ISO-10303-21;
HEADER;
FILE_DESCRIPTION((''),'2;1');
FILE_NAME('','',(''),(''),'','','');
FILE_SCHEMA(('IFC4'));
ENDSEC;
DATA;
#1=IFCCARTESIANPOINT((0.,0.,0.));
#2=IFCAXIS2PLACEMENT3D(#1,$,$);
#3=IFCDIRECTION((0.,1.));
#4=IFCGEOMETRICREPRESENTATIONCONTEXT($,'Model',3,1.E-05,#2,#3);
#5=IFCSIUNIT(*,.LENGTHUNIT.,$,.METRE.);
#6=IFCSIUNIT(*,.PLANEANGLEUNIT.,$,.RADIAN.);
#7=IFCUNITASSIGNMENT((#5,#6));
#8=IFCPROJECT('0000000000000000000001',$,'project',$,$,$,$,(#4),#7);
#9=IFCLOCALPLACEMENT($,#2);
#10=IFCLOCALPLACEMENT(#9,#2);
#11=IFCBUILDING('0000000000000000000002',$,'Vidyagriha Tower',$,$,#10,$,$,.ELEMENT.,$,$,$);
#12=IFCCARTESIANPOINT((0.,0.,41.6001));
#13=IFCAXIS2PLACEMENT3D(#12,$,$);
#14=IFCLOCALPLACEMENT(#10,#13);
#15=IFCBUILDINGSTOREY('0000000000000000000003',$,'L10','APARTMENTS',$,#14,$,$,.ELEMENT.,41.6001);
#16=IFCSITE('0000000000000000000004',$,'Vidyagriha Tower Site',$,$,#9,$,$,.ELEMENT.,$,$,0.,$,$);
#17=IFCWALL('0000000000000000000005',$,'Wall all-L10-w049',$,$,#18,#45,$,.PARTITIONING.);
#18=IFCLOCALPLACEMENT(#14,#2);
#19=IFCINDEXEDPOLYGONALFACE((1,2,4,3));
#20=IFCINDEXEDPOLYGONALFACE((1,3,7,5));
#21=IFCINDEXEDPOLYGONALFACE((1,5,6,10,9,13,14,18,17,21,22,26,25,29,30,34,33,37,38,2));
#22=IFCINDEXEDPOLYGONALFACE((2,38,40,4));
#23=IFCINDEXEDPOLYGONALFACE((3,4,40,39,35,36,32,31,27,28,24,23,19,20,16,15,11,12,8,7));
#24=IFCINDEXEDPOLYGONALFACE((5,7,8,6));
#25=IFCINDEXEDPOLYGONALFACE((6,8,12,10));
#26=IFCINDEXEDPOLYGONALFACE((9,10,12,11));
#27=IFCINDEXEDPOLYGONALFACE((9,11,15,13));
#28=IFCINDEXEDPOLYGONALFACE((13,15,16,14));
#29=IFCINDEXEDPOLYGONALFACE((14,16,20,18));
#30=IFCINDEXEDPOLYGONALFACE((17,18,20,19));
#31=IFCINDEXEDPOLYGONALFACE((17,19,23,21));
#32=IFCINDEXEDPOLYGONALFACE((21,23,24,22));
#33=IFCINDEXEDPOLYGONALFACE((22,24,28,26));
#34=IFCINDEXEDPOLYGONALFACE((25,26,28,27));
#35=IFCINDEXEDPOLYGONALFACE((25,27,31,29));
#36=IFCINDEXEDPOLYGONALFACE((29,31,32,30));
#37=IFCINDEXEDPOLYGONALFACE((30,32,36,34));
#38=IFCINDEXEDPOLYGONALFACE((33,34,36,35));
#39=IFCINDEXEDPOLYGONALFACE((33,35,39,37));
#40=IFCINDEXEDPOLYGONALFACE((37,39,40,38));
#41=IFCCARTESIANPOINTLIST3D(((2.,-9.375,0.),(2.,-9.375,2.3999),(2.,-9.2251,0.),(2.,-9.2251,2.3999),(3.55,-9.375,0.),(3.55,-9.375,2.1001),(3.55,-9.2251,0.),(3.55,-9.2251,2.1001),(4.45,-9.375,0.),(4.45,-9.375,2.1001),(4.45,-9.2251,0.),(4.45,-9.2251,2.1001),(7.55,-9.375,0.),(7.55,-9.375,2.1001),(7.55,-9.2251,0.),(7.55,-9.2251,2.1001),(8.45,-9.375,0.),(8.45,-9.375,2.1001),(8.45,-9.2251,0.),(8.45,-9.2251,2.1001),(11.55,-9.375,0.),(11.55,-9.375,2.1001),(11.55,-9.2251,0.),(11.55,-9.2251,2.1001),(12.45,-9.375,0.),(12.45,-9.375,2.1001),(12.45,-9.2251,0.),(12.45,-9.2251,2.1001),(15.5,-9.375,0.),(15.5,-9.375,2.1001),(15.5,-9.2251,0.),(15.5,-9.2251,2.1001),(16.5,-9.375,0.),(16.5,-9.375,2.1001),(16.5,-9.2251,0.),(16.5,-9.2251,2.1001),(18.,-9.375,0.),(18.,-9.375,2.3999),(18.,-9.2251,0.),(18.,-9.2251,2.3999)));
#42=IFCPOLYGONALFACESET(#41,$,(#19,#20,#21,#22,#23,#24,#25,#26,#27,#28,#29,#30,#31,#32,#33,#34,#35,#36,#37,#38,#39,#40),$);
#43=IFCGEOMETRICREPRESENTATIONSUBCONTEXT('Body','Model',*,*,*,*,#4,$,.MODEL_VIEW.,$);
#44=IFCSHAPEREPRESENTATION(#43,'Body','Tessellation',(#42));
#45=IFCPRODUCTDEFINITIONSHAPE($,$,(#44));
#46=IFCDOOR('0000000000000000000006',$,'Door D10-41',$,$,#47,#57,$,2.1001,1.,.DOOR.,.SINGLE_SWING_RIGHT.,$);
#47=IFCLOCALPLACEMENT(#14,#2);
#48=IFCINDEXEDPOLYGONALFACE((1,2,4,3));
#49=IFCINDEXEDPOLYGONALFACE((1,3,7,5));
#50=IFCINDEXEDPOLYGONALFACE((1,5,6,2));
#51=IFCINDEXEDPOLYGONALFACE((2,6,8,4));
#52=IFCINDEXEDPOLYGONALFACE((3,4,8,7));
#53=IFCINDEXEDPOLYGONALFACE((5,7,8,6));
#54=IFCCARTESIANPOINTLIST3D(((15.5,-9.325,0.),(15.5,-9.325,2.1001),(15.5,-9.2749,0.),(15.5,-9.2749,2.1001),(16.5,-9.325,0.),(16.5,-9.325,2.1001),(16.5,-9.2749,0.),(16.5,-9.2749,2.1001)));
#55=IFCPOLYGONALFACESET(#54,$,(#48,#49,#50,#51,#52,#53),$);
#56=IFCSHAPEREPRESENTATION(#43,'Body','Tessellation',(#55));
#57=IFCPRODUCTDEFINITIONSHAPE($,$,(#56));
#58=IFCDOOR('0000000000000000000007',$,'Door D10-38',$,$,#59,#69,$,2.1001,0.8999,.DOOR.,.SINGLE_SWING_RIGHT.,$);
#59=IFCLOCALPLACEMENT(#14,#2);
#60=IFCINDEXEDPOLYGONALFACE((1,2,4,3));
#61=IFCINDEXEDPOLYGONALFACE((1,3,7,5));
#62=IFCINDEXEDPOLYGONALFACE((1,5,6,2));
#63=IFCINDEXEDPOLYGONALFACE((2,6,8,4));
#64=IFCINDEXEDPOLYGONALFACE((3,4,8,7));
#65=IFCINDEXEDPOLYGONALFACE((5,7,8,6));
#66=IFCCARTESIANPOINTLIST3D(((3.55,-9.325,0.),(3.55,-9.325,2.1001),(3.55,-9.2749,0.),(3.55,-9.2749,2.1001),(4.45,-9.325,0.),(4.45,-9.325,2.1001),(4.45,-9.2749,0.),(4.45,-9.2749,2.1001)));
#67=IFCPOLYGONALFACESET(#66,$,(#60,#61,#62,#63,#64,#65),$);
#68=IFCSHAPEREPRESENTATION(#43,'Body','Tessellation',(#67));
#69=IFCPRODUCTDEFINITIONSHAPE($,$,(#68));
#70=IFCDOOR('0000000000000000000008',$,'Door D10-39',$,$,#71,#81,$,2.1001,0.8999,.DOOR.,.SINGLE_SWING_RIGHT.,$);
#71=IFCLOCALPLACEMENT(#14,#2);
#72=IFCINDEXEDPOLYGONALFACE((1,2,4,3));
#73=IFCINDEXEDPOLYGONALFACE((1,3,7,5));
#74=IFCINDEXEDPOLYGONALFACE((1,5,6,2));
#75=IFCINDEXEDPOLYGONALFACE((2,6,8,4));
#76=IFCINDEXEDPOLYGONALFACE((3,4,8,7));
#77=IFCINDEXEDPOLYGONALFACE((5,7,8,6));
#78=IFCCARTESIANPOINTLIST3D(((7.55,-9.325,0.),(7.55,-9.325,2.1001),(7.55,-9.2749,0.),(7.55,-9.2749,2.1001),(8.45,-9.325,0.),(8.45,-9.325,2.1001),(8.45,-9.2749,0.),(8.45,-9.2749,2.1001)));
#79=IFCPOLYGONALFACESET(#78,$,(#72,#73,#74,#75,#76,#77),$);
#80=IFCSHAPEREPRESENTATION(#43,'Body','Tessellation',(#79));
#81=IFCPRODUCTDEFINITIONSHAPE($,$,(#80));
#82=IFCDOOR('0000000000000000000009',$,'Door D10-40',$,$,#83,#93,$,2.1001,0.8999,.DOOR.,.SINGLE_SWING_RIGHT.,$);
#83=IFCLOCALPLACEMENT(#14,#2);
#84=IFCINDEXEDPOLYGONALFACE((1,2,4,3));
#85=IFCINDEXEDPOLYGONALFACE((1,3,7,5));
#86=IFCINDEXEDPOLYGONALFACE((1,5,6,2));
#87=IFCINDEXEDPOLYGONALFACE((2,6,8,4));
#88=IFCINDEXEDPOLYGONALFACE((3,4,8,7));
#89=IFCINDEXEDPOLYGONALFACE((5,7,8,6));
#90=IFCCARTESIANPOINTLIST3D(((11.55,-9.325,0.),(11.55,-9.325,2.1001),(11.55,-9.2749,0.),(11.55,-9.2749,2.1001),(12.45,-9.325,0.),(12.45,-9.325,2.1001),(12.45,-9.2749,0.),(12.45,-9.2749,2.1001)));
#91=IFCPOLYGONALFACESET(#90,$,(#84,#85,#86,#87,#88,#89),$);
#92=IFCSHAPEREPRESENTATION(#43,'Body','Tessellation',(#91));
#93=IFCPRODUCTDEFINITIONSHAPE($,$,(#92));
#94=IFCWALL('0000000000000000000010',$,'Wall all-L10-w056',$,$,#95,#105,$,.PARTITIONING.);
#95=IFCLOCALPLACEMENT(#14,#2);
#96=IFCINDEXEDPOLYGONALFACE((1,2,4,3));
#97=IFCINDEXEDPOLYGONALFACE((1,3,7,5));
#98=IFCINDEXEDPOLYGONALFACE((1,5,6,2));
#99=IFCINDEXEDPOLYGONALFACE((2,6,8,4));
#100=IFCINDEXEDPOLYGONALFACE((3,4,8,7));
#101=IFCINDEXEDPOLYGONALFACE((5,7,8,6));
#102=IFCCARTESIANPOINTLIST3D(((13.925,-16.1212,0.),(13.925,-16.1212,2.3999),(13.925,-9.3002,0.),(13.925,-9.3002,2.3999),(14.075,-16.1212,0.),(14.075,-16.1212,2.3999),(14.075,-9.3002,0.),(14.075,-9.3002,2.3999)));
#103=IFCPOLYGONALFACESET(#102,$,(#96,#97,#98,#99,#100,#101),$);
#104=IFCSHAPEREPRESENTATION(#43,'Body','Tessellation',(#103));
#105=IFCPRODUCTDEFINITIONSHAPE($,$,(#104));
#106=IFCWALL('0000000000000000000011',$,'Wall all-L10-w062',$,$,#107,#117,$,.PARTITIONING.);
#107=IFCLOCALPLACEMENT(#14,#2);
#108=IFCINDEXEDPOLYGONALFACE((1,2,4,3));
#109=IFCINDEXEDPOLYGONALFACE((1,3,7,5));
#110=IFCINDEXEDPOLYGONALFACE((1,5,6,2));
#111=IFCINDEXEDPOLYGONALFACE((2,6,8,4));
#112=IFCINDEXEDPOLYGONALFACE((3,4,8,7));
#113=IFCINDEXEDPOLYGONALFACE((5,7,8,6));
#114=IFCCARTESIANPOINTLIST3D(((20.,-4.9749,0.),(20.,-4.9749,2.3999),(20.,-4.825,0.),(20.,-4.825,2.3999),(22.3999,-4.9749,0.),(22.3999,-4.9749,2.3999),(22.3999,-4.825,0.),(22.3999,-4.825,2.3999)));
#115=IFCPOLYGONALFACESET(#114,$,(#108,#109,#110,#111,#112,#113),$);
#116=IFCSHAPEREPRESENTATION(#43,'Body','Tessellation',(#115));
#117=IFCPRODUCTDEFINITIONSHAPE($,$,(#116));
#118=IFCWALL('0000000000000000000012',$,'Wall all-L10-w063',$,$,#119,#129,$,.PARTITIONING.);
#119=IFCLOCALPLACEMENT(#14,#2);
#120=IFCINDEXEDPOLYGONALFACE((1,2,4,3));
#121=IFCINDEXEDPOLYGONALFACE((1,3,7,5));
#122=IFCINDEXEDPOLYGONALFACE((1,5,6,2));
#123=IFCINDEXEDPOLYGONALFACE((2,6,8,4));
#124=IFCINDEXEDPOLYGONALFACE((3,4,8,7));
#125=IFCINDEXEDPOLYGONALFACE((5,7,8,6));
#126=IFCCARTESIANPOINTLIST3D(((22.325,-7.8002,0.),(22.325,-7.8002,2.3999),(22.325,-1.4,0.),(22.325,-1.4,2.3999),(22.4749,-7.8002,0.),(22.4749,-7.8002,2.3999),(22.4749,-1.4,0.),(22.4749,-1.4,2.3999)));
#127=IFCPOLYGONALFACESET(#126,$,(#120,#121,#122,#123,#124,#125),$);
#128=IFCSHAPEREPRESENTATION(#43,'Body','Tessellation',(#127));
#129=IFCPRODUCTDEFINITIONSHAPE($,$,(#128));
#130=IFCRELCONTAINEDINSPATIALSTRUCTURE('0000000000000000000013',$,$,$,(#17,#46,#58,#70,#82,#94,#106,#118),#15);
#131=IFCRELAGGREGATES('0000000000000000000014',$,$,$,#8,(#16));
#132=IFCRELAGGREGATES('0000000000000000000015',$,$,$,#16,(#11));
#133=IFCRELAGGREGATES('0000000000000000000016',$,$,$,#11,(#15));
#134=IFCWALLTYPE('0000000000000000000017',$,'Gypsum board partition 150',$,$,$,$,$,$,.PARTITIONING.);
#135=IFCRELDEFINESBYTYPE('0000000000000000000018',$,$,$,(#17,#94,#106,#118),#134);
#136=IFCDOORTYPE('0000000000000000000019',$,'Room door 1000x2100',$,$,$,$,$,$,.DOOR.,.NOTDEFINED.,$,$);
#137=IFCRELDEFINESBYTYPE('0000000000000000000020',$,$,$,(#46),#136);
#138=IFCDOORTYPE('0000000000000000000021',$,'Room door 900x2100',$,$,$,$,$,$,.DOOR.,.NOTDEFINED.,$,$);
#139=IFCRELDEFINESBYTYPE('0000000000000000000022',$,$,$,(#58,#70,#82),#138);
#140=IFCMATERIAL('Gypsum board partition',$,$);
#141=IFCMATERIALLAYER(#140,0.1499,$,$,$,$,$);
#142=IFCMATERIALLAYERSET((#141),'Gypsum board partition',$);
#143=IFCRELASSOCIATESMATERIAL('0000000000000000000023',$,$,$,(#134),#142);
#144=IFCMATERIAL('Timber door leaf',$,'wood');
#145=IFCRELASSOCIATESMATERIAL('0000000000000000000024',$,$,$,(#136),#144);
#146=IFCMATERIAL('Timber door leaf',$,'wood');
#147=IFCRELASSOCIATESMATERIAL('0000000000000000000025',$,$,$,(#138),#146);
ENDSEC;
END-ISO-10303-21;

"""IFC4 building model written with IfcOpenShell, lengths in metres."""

from ifc_helpers import new_model, si_unit, direction, frame, frame_2d, origin, place, context, subcontext, project, spatial, rectangle, extrude, material, layer, layer_set, type_object, element, fill, save


model = new_model("IFC4")

# Units and contexts
model_context = context("Model", 3, precision=1e-05, world=origin(), true_north=direction((0.0, 1.0)))
body_context = subcontext(model_context, "Body", "Model", "MODEL_VIEW")
ifc_project = project(units=[si_unit("LENGTHUNIT", "METRE"), si_unit("PLANEANGLEUNIT", "RADIAN")], contexts=[model_context])

# Site, building, storey
site_placement = place(None, origin())
site = spatial("IfcSite", under=ifc_project, at=site_placement, Name="Vidyagriha Tower Site", CompositionType="ELEMENT", RefElevation=0.0)
building_placement = place(site_placement, origin())
building = spatial("IfcBuilding", under=site, at=building_placement, Name="Vidyagriha Tower", CompositionType="ELEMENT")
storey_placement = place(building_placement, frame((0.0, 0.0, 41.6001)))
storey = spatial("IfcBuildingStorey", under=building, at=storey_placement, Name="L10", Description="APARTMENTS", CompositionType="ELEMENT", Elevation=41.6001)

# Shared definitions
ifc_material_1 = material(Name="Gypsum board partition")
ifc_layer_1 = layer(ifc_material_1, 0.1499)
ifc_layer_set_1 = layer_set([ifc_layer_1], Name="Gypsum board partition")
wall_type_1 = type_object("IfcWallType", Name="Gypsum board partition 150", PredefinedType="PARTITIONING", material=ifc_layer_set_1)

# Wall, openings, doors
wall_1_placement = place(storey_placement, frame((18.0, -9.3, 0.0), z_axis=(0.0, 0.0, 1.0), x_axis=(-1.0, 0.0, 0.0)))
wall_1 = element("IfcWall", 1, at=wall_1_placement, inside=storey, type_object=wall_type_1, Name="Wall all-L10-w049", PredefinedType="PARTITIONING", context=body_context, shape_type="SweptSolid", body=[
    extrude(rectangle(XDim=16.0, YDim=0.1499, at=frame_2d((8.0, 0.0))), origin(), (0.0, 0.0, 1.0), 2.3999),
])
opening_1_placement = place(wall_1_placement, frame((13.55, 0.0, 0.0)))
opening_1 = element("IfcOpeningElement", 2, at=opening_1_placement, cuts=wall_1, PredefinedType="OPENING", context=body_context, shape_type="SweptSolid", body=[
    extrude(rectangle(XDim=0.8999, YDim=2.1001, at=frame_2d((0.45, 1.05))), frame((0.0, 0.085, 0.0), z_axis=(0.0, -1.0, 0.0), x_axis=(1.0, 0.0, 0.0)), (0.0, 0.0, 1.0), 0.1699),
])
opening_2_placement = place(wall_1_placement, frame((9.55, 0.0, 0.0)))
opening_2 = element("IfcOpeningElement", 3, at=opening_2_placement, cuts=wall_1, PredefinedType="OPENING", context=body_context, shape_type="SweptSolid", body=[
    extrude(rectangle(XDim=0.8999, YDim=2.1001, at=frame_2d((0.45, 1.05))), frame((0.0, 0.085, 0.0), z_axis=(0.0, -1.0, 0.0), x_axis=(1.0, 0.0, 0.0)), (0.0, 0.0, 1.0), 0.1699),
])
opening_3_placement = place(wall_1_placement, frame((5.55, 0.0, 0.0)))
opening_3 = element("IfcOpeningElement", 4, at=opening_3_placement, cuts=wall_1, PredefinedType="OPENING", context=body_context, shape_type="SweptSolid", body=[
    extrude(rectangle(XDim=0.8999, YDim=2.1001, at=frame_2d((0.45, 1.05))), frame((0.0, 0.085, 0.0), z_axis=(0.0, -1.0, 0.0), x_axis=(1.0, 0.0, 0.0)), (0.0, 0.0, 1.0), 0.1699),
])
opening_4_placement = place(wall_1_placement, frame((1.5, 0.0, 0.0)))
opening_4 = element("IfcOpeningElement", 5, at=opening_4_placement, cuts=wall_1, PredefinedType="OPENING", context=body_context, shape_type="SweptSolid", body=[
    extrude(rectangle(XDim=1.0, YDim=2.1001, at=frame_2d((0.5, 1.05))), frame((0.0, 0.085, 0.0), z_axis=(0.0, -1.0, 0.0), x_axis=(1.0, 0.0, 0.0)), (0.0, 0.0, 1.0), 0.1699),
])
ifc_material_2 = material(Name="Timber door leaf", Category="wood")
door_type_1 = type_object("IfcDoorType", Name="Room door 1000x2100", OperationType="NOTDEFINED", PredefinedType="DOOR", material=ifc_material_2)
door_1_placement = place(opening_4_placement, origin())
door_1 = element("IfcDoor", 6, at=door_1_placement, inside=storey, type_object=door_type_1, Name="Door D10-41", OperationType="SINGLE_SWING_RIGHT", OverallHeight=2.1001, OverallWidth=1.0, PredefinedType="DOOR", context=body_context, shape_type="SweptSolid", body=[
    extrude(rectangle(XDim=1.0, YDim=2.1001, at=frame_2d((0.5, 1.05))), frame((0.0, 0.0249, 0.0), z_axis=(0.0, -1.0, 0.0), x_axis=(1.0, 0.0, 0.0)), (0.0, 0.0, 1.0), 0.05),
])
fill(opening_4, door_1)
ifc_material_3 = material(Name="Timber door leaf", Category="wood")
door_type_2 = type_object("IfcDoorType", Name="Room door 900x2100", OperationType="NOTDEFINED", PredefinedType="DOOR", material=ifc_material_3)
door_2_placement = place(opening_1_placement, origin())
door_2 = element("IfcDoor", 7, at=door_2_placement, inside=storey, type_object=door_type_2, Name="Door D10-38", OperationType="SINGLE_SWING_RIGHT", OverallHeight=2.1001, OverallWidth=0.8999, PredefinedType="DOOR", context=body_context, shape_type="SweptSolid", body=[
    extrude(rectangle(XDim=0.8999, YDim=2.1001, at=frame_2d((0.45, 1.05))), frame((0.0, 0.0249, 0.0), z_axis=(0.0, -1.0, 0.0), x_axis=(1.0, 0.0, 0.0)), (0.0, 0.0, 1.0), 0.05),
])
fill(opening_1, door_2)
door_3_placement = place(opening_2_placement, origin())
door_3 = element("IfcDoor", 8, at=door_3_placement, inside=storey, type_object=door_type_2, Name="Door D10-39", OperationType="SINGLE_SWING_RIGHT", OverallHeight=2.1001, OverallWidth=0.8999, PredefinedType="DOOR", context=body_context, shape_type="SweptSolid", body=[
    extrude(rectangle(XDim=0.8999, YDim=2.1001, at=frame_2d((0.45, 1.05))), frame((0.0, 0.0249, 0.0), z_axis=(0.0, -1.0, 0.0), x_axis=(1.0, 0.0, 0.0)), (0.0, 0.0, 1.0), 0.05),
])
fill(opening_2, door_3)
door_4_placement = place(opening_3_placement, origin())
door_4 = element("IfcDoor", 9, at=door_4_placement, inside=storey, type_object=door_type_2, Name="Door D10-40", OperationType="SINGLE_SWING_RIGHT", OverallHeight=2.1001, OverallWidth=0.8999, PredefinedType="DOOR", context=body_context, shape_type="SweptSolid", body=[
    extrude(rectangle(XDim=0.8999, YDim=2.1001, at=frame_2d((0.45, 1.05))), frame((0.0, 0.0249, 0.0), z_axis=(0.0, -1.0, 0.0), x_axis=(1.0, 0.0, 0.0)), (0.0, 0.0, 1.0), 0.05),
])
fill(opening_3, door_4)

# Walls
wall_2_placement = place(storey_placement, frame((14.0, -9.3, 0.0), z_axis=(0.0, 0.0, 1.0), x_axis=(0.0, -1.0, 0.0)))
element("IfcWall", 10, at=wall_2_placement, inside=storey, type_object=wall_type_1, Name="Wall all-L10-w056", PredefinedType="PARTITIONING", context=body_context, shape_type="SweptSolid", body=[
    extrude(rectangle(XDim=6.821, YDim=0.1499, at=frame_2d((3.4106, 0.0))), origin(), (0.0, 0.0, 1.0), 2.3999),
])
wall_3_placement = place(storey_placement, frame((22.3999, -4.8999, 0.0), z_axis=(0.0, 0.0, 1.0), x_axis=(-1.0, 0.0, 0.0)))
element("IfcWall", 11, at=wall_3_placement, inside=storey, type_object=wall_type_1, Name="Wall all-L10-w062", PredefinedType="PARTITIONING", context=body_context, shape_type="SweptSolid", body=[
    extrude(rectangle(XDim=2.3999, YDim=0.1499, at=frame_2d((1.2, 0.0))), origin(), (0.0, 0.0, 1.0), 2.3999),
])
wall_4_placement = place(storey_placement, frame((22.3999, -1.3999, 0.0), z_axis=(0.0, 0.0, 1.0), x_axis=(0.0, -1.0, 0.0)))
element("IfcWall", 12, at=wall_4_placement, inside=storey, type_object=wall_type_1, Name="Wall all-L10-w063", PredefinedType="PARTITIONING", context=body_context, shape_type="SweptSolid", body=[
    extrude(rectangle(XDim=6.4001, YDim=0.1499, at=frame_2d((3.2002, 0.0))), origin(), (0.0, 0.0, 1.0), 2.3999),
])

save(model, "model.ifc")
